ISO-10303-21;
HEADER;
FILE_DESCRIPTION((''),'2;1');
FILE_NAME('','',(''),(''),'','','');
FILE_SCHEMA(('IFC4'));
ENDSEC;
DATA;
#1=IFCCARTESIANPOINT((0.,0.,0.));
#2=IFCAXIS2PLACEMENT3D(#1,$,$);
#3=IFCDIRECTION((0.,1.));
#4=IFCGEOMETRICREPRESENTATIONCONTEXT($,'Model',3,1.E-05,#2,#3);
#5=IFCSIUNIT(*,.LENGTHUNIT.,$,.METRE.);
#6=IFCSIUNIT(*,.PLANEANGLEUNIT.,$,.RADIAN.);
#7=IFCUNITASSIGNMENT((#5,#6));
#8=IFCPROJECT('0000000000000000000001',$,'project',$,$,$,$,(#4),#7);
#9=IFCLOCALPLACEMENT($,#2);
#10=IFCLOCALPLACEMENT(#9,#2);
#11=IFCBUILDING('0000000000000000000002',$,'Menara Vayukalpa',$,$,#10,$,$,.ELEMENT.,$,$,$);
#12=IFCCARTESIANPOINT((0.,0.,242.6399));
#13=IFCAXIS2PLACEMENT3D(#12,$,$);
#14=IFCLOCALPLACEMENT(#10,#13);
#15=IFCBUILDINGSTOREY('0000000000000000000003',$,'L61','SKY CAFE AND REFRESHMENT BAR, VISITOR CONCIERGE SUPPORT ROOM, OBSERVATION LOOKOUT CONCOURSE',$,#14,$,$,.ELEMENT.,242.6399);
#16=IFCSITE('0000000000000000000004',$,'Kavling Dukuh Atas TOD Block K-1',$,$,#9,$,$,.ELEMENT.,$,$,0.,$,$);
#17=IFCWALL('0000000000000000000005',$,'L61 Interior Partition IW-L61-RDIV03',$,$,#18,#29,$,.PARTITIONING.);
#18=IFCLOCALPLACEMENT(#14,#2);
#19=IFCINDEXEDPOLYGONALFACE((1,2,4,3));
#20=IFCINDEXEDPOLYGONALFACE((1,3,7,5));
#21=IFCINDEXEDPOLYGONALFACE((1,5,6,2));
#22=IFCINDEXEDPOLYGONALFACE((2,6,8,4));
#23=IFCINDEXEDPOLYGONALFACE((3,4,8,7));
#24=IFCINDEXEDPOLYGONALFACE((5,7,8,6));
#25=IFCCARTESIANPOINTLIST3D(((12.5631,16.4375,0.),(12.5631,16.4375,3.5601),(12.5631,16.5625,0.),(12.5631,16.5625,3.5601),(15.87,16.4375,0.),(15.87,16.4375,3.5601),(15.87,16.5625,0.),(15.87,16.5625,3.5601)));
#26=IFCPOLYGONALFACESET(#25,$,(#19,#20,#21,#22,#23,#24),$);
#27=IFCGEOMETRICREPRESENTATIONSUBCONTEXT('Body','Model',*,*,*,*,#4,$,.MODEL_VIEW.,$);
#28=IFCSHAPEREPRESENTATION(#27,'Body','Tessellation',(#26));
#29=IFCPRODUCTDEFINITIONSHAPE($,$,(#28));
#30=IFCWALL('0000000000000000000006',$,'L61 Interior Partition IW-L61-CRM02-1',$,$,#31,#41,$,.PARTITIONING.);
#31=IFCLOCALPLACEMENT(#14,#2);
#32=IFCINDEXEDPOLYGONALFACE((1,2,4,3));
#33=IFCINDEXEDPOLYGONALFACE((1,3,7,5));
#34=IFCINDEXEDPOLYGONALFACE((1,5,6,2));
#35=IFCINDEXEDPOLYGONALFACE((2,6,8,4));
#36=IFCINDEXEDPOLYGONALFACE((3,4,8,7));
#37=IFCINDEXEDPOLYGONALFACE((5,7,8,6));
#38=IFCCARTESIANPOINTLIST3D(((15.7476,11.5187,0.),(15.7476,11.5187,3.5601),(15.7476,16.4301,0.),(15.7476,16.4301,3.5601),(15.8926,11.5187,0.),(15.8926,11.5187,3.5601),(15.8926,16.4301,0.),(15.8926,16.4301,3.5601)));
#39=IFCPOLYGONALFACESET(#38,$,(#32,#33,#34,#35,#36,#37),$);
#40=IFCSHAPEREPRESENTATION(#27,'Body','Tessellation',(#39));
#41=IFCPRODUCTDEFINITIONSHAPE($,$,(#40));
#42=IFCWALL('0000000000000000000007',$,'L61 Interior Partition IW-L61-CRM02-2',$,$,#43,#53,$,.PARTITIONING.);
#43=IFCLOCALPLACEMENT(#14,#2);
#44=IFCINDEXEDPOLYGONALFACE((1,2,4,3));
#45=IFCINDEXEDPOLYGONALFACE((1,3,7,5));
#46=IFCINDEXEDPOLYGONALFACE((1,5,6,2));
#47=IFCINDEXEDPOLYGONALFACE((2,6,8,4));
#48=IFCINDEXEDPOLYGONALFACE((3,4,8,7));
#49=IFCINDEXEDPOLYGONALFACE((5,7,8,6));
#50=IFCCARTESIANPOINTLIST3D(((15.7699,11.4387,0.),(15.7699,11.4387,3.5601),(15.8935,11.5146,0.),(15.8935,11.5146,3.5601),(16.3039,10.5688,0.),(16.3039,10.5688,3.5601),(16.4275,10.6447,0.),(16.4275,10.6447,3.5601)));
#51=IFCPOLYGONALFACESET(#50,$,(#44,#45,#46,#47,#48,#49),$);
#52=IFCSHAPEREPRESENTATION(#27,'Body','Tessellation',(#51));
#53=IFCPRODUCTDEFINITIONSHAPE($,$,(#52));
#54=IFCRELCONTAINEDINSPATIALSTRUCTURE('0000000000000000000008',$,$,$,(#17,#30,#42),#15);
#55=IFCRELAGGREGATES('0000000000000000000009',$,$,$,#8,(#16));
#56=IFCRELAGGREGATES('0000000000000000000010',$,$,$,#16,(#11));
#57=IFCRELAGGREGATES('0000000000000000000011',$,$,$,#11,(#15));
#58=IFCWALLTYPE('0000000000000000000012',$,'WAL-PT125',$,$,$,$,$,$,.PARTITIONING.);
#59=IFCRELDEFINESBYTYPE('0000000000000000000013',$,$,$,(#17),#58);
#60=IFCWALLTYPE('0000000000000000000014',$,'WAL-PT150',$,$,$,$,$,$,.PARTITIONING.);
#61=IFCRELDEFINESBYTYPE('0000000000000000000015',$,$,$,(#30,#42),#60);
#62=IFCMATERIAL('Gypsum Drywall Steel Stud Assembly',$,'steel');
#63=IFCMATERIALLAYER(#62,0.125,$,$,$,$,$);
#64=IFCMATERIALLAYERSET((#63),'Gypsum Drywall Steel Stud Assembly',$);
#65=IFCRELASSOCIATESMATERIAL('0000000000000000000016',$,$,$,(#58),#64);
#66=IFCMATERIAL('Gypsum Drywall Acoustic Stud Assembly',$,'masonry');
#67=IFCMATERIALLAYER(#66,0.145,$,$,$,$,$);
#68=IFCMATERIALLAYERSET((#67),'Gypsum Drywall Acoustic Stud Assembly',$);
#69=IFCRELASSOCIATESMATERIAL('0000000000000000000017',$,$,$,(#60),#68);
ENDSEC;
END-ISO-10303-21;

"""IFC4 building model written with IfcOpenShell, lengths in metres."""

from ifc_helpers import new_model, si_unit, direction, frame, frame_2d, origin, place, context, subcontext, project, spatial, rectangle, extrude, material, layer, layer_set, type_object, element, save


model = new_model("IFC4")

# Units and contexts
model_context = context("Model", 3, precision=1e-05, world=origin(), true_north=direction((0.0, 1.0)))
body_context = subcontext(model_context, "Body", "Model", "MODEL_VIEW")
ifc_project = project(units=[si_unit("LENGTHUNIT", "METRE"), si_unit("PLANEANGLEUNIT", "RADIAN")], contexts=[model_context])

# Site, building, storey
site_placement = place(None, origin())
site = spatial("IfcSite", under=ifc_project, at=site_placement, Name="Kavling Dukuh Atas TOD Block K-1", CompositionType="ELEMENT", RefElevation=0.0)
building_placement = place(site_placement, origin())
building = spatial("IfcBuilding", under=site, at=building_placement, Name="Menara Vayukalpa", CompositionType="ELEMENT")
storey_placement = place(building_placement, frame((0.0, 0.0, 242.6399)))
storey = spatial("IfcBuildingStorey", under=building, at=storey_placement, Name="L61", Description="SKY CAFE AND REFRESHMENT BAR, VISITOR CONCIERGE SUPPORT ROOM, OBSERVATION LOOKOUT CONCOURSE", CompositionType="ELEMENT", Elevation=242.6399)

# Walls
ifc_material_1 = material(Name="Gypsum Drywall Steel Stud Assembly", Category="steel")
ifc_layer_1 = layer(ifc_material_1, 0.125)
ifc_layer_set_1 = layer_set([ifc_layer_1], Name="Gypsum Drywall Steel Stud Assembly")
wall_type_1 = type_object("IfcWallType", Name="WAL-PT125", PredefinedType="PARTITIONING", material=ifc_layer_set_1)
wall_1_placement = place(storey_placement, frame((12.5632, 16.5, 0.0), z_axis=(0.0, 0.0, 1.0), x_axis=(1.0, 0.0, 0.0)))
element("IfcWall", 1, at=wall_1_placement, inside=storey, type_object=wall_type_1, Name="L61 Interior Partition IW-L61-RDIV03", PredefinedType="PARTITIONING", context=body_context, shape_type="SweptSolid", body=[
    extrude(rectangle(XDim=3.3069, YDim=0.125, at=frame_2d((1.6533, 0.0))), origin(), (0.0, 0.0, 1.0), 3.5601),
])
ifc_material_2 = material(Name="Gypsum Drywall Acoustic Stud Assembly", Category="masonry")
ifc_layer_2 = layer(ifc_material_2, 0.145)
ifc_layer_set_2 = layer_set([ifc_layer_2], Name="Gypsum Drywall Acoustic Stud Assembly")
wall_type_2 = type_object("IfcWallType", Name="WAL-PT150", PredefinedType="PARTITIONING", material=ifc_layer_set_2)
wall_2_placement = place(storey_placement, frame((15.8201, 16.4299, 0.0), z_axis=(0.0, 0.0, 1.0), x_axis=(0.0, -1.0, 0.0)))
element("IfcWall", 2, at=wall_2_placement, inside=storey, type_object=wall_type_2, Name="L61 Interior Partition IW-L61-CRM02-1", PredefinedType="PARTITIONING", context=body_context, shape_type="SweptSolid", body=[
    extrude(rectangle(XDim=4.9114, YDim=0.145, at=frame_2d((2.4556, 0.0))), origin(), (0.0, 0.0, 1.0), 3.5601),
])
wall_3_placement = place(storey_placement, frame((15.8318, 11.4766, 0.0), z_axis=(0.0, 0.0, 1.0), x_axis=(0.523123, -0.852257, 0.0)))
element("IfcWall", 3, at=wall_3_placement, inside=storey, type_object=wall_type_2, Name="L61 Interior Partition IW-L61-CRM02-2", PredefinedType="PARTITIONING", context=body_context, shape_type="SweptSolid", body=[
    extrude(rectangle(XDim=1.0208, YDim=0.145, at=frame_2d((0.5103, 0.0))), origin(), (0.0, 0.0, 1.0), 3.5601),
])

save(model, "model.ifc")
